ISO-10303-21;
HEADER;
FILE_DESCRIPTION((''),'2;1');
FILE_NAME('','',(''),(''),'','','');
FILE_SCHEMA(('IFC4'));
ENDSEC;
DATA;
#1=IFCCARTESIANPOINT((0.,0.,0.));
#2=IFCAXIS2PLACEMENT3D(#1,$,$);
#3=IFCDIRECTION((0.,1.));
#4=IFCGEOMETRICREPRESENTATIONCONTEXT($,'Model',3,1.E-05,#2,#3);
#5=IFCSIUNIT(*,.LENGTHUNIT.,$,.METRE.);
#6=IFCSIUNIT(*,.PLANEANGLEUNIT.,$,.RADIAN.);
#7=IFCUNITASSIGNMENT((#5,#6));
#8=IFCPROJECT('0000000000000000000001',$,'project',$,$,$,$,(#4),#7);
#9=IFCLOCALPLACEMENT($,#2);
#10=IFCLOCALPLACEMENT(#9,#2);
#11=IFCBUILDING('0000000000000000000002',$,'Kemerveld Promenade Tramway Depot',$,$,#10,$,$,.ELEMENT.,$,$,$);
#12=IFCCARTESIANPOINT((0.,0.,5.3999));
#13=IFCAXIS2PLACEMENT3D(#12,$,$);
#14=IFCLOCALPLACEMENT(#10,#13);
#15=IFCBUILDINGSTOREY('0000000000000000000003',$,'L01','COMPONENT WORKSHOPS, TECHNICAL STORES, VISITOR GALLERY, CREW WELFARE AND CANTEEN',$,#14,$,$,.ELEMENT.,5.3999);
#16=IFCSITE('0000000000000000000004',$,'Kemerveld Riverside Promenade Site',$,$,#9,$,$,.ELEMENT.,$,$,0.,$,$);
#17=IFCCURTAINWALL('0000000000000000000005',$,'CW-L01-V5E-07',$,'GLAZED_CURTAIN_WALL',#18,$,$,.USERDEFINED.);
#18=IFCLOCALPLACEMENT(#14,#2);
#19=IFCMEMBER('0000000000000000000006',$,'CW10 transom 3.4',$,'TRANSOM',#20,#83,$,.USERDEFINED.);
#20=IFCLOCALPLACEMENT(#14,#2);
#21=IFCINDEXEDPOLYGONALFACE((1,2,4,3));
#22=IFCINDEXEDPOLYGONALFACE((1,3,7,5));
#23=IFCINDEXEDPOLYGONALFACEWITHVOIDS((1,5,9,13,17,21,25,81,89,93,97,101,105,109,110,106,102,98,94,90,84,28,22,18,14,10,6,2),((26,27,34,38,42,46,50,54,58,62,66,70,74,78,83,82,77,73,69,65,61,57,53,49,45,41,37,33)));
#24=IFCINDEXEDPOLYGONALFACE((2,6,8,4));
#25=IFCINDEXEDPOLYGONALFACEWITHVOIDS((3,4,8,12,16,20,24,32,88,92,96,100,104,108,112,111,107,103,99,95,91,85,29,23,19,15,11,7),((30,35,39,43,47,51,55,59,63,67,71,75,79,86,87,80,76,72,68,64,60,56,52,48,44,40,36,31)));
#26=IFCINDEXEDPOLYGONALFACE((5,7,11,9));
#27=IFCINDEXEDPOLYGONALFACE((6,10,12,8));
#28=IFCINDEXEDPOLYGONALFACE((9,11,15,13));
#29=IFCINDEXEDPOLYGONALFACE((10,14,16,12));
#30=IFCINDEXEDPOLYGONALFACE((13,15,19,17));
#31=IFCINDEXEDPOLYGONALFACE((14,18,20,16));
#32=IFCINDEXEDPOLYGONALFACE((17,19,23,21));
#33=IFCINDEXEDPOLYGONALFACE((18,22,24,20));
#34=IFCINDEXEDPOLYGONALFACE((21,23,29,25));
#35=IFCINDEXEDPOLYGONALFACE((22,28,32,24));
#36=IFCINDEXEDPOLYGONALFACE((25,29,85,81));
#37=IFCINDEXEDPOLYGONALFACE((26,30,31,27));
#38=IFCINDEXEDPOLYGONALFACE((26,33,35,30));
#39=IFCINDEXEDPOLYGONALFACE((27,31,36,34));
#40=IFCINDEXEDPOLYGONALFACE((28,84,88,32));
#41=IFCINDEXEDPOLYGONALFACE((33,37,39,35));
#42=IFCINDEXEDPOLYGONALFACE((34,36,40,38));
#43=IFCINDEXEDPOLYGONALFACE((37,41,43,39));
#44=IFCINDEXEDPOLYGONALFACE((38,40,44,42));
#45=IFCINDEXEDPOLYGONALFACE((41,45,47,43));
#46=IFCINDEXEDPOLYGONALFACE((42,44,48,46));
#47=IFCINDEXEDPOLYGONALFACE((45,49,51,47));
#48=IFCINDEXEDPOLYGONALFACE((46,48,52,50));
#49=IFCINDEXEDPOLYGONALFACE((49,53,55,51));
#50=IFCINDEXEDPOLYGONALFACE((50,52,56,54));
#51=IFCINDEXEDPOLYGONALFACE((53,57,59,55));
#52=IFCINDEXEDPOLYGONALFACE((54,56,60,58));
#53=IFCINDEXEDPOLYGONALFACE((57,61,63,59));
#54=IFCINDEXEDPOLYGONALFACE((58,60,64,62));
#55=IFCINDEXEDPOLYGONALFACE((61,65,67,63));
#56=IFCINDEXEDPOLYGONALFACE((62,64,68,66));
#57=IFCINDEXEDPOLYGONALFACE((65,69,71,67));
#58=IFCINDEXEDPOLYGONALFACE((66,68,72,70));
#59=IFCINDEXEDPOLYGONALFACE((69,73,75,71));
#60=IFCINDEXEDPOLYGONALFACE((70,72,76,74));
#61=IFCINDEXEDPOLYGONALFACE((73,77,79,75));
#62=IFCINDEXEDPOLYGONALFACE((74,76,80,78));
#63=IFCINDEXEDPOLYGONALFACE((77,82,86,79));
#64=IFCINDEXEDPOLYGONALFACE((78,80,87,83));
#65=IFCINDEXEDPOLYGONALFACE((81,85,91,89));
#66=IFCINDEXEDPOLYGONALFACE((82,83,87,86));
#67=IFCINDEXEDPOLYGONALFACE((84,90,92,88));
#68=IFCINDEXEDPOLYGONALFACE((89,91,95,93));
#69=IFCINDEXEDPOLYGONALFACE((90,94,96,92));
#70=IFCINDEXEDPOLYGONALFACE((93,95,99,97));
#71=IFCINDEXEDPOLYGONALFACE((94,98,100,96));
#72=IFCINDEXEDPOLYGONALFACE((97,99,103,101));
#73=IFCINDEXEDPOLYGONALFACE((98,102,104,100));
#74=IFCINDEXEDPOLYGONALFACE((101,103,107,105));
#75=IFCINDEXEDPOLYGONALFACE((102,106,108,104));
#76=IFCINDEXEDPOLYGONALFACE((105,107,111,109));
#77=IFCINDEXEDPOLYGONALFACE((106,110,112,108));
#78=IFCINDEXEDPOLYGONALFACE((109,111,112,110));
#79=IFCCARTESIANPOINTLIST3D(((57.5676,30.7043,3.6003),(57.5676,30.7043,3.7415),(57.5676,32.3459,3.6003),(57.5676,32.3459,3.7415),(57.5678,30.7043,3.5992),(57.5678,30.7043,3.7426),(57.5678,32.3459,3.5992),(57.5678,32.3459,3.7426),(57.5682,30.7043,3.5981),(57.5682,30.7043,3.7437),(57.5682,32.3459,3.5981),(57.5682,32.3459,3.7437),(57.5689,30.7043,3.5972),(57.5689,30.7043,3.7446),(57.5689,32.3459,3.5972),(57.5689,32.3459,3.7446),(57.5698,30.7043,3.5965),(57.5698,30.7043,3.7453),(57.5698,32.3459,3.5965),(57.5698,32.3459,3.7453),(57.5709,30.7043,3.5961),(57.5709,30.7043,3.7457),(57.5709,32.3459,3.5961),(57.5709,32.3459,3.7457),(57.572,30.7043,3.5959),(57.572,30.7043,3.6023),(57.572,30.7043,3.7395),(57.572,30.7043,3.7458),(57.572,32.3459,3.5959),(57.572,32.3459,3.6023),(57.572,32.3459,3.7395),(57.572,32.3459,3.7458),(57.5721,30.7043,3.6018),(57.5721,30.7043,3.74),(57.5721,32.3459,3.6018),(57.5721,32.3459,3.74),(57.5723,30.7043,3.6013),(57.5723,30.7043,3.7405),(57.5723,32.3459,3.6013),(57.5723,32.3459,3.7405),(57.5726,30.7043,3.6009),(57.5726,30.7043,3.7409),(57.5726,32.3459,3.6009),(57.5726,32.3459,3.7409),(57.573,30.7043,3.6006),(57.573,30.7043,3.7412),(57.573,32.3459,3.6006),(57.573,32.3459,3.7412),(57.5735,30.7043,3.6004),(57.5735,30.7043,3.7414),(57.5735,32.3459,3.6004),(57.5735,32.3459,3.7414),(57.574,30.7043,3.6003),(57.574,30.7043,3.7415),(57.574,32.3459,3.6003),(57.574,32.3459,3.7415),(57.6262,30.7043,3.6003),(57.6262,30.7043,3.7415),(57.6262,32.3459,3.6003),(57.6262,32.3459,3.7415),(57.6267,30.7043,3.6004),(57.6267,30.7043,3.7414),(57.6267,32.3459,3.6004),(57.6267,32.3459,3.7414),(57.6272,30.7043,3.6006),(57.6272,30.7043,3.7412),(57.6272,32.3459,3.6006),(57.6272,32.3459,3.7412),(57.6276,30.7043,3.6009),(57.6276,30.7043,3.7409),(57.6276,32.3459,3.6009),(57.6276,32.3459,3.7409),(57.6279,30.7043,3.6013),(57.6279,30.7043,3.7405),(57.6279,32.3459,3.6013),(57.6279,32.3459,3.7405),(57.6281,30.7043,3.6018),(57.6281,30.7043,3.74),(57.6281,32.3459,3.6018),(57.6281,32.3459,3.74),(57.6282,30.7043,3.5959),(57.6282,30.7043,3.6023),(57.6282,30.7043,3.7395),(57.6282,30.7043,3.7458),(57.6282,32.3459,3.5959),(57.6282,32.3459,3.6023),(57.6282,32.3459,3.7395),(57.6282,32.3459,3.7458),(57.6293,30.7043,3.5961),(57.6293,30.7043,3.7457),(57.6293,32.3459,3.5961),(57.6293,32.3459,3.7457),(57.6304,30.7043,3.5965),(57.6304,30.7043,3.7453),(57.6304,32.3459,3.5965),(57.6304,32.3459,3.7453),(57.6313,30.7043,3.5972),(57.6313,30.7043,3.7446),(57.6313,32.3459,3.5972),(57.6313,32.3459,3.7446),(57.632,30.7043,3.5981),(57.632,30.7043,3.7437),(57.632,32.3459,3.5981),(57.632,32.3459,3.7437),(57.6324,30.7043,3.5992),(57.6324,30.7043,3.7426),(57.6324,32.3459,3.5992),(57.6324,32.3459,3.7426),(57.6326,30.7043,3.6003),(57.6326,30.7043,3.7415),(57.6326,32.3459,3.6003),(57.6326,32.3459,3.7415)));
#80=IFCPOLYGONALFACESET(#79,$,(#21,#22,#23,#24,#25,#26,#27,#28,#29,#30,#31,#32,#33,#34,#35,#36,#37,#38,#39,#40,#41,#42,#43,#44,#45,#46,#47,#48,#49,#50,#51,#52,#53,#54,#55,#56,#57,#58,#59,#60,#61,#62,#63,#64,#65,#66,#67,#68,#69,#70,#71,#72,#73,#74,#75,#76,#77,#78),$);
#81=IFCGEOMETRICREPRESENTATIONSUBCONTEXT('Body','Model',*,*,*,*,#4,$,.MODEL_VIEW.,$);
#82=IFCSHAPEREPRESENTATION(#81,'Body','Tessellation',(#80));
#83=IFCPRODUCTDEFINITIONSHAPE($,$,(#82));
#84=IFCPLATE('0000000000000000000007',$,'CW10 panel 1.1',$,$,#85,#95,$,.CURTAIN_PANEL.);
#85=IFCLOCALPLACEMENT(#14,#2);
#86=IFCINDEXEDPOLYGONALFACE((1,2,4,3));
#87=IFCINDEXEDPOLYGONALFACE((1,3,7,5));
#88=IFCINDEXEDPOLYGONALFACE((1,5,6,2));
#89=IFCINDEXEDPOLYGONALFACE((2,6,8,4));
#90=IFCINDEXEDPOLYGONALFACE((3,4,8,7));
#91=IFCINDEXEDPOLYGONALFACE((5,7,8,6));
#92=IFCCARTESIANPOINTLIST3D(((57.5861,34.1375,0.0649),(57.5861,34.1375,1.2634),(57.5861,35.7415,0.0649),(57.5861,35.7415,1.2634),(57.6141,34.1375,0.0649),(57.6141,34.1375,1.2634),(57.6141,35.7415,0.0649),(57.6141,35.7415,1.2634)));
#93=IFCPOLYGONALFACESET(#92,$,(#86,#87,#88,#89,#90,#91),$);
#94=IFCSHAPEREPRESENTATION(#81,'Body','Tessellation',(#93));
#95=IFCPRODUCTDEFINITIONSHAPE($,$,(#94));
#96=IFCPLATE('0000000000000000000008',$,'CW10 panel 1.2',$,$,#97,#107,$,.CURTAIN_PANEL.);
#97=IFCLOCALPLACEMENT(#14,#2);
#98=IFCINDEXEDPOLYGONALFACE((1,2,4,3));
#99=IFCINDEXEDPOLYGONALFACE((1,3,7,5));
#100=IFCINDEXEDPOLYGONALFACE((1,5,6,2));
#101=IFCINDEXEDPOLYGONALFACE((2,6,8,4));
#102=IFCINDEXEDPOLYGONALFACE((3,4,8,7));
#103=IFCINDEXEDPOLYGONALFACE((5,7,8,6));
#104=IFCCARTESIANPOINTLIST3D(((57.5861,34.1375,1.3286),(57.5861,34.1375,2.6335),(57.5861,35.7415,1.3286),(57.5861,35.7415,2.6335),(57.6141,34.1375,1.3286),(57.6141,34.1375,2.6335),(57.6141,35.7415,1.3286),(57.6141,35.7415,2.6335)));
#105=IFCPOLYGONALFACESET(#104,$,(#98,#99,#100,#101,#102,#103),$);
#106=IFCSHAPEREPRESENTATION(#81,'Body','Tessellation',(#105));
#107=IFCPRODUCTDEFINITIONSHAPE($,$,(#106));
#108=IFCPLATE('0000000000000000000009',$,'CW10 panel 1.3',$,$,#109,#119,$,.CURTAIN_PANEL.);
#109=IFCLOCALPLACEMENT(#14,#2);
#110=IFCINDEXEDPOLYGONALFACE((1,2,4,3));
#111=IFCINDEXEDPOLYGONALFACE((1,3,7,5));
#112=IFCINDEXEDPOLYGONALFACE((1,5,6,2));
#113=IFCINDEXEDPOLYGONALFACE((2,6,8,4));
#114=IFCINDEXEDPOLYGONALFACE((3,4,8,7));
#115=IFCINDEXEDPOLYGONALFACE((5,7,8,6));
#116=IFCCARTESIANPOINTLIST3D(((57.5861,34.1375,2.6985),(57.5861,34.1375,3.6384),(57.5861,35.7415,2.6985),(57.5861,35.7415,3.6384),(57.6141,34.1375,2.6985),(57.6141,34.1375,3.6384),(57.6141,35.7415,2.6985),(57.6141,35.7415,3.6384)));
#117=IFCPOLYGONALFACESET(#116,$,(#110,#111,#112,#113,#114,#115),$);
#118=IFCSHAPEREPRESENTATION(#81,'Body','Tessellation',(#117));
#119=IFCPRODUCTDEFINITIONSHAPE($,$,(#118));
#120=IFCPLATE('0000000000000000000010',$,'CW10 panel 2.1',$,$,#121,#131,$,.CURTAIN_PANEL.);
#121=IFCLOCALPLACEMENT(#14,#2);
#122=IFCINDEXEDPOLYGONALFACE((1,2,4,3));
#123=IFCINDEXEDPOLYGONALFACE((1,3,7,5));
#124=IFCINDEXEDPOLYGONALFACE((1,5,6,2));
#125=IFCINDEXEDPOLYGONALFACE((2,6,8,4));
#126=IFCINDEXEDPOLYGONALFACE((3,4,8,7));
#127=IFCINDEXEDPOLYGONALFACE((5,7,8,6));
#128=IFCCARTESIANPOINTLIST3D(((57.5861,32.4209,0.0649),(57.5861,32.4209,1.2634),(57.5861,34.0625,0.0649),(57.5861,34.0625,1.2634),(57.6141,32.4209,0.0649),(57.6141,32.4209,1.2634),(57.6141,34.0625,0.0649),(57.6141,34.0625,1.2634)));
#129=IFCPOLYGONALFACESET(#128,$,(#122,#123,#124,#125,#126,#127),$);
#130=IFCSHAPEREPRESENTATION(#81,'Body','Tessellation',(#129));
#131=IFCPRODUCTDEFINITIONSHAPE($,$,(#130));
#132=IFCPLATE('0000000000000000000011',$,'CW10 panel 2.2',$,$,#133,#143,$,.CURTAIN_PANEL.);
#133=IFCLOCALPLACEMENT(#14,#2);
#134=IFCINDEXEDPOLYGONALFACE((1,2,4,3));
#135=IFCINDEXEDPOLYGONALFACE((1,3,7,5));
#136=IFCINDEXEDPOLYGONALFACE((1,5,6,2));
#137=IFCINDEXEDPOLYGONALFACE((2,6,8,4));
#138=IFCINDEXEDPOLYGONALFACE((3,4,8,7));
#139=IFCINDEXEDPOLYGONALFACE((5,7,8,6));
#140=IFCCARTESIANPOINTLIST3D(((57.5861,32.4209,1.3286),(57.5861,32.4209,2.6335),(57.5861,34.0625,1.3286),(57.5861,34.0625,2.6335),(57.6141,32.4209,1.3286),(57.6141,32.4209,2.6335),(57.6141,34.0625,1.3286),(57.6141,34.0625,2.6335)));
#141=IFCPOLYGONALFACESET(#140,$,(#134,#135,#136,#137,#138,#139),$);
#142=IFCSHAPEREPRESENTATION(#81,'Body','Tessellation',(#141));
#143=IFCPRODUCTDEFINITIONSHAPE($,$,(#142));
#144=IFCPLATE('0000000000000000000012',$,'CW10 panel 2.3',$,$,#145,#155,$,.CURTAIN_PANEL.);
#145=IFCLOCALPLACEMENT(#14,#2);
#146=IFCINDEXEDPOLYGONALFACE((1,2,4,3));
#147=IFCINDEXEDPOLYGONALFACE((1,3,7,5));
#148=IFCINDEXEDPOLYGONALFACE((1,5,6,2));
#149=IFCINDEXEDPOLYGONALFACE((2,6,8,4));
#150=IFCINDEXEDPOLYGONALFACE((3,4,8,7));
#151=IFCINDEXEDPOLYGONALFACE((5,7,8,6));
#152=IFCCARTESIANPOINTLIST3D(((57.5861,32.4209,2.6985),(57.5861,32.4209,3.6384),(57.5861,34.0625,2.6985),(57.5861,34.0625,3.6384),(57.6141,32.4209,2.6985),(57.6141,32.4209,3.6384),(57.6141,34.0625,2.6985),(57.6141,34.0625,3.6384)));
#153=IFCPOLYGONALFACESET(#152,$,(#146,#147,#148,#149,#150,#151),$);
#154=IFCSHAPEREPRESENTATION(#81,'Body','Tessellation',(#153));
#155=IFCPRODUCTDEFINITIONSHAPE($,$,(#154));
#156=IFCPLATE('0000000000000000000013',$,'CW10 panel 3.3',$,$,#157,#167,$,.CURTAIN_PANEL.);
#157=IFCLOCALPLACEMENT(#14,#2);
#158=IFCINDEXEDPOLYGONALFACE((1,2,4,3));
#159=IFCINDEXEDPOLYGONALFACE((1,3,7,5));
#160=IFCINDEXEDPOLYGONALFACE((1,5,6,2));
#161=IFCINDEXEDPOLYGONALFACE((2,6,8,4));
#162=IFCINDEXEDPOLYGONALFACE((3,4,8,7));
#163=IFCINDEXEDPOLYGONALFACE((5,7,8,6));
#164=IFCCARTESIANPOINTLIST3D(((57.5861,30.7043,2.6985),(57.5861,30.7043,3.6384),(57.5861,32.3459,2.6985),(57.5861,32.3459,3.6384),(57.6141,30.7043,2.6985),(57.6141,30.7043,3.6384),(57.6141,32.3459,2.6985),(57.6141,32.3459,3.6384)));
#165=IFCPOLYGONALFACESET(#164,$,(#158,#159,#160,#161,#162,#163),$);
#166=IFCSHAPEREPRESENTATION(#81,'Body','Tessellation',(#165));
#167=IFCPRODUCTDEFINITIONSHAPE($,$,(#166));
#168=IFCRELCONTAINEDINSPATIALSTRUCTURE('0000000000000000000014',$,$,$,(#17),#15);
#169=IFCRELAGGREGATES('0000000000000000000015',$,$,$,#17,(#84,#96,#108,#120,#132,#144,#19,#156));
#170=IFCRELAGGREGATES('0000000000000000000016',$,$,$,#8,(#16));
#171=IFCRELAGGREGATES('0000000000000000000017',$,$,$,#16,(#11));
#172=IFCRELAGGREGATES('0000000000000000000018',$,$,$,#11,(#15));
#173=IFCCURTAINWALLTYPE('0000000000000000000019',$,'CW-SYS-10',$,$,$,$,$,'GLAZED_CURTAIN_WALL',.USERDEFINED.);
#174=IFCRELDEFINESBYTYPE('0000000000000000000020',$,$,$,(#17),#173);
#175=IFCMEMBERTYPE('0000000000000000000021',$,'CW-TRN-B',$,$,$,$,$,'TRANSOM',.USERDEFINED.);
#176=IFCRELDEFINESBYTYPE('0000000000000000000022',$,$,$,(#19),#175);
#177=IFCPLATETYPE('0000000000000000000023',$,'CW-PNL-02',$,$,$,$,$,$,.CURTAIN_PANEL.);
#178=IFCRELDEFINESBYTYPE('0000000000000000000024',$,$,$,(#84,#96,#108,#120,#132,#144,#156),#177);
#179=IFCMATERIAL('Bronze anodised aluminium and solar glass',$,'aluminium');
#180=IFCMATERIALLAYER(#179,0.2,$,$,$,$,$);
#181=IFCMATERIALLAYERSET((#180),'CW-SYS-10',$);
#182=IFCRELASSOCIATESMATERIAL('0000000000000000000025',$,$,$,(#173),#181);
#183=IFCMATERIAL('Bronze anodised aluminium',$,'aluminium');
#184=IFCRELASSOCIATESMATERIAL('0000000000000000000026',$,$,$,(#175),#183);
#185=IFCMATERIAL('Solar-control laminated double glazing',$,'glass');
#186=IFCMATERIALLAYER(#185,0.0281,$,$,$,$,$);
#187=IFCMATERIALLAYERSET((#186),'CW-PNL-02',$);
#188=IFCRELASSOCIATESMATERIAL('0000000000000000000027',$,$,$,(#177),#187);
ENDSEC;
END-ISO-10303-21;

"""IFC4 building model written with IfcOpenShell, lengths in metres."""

from ifc_helpers import new_model, si_unit, direction, frame, origin, origin_2d, place, context, subcontext, project, spatial, rectangle, hollow_rectangle, extrude, material, layer, layer_set, material_profile, profile_set, type_object, element, aggregate, save


model = new_model("IFC4")

# Units and contexts
model_context = context("Model", 3, precision=1e-05, world=origin(), true_north=direction((0.0, 1.0)))
body_context = subcontext(model_context, "Body", "Model", "MODEL_VIEW")
ifc_project = project(units=[si_unit("LENGTHUNIT", "METRE"), si_unit("PLANEANGLEUNIT", "RADIAN")], contexts=[model_context])

# Site, building, storey
site_placement = place(None, origin())
site = spatial("IfcSite", under=ifc_project, at=site_placement, Name="Kemerveld Riverside Promenade Site", CompositionType="ELEMENT", RefElevation=0.0)
building_placement = place(site_placement, origin())
building = spatial("IfcBuilding", under=site, at=building_placement, Name="Kemerveld Promenade Tramway Depot", CompositionType="ELEMENT")
storey_placement = place(building_placement, frame((0.0, 0.0, 5.3999)))
storey = spatial("IfcBuildingStorey", under=building, at=storey_placement, Name="L01", Description="COMPONENT WORKSHOPS, TECHNICAL STORES, VISITOR GALLERY, CREW WELFARE AND CANTEEN", CompositionType="ELEMENT", Elevation=5.3999)

# Shared definitions
ifc_material_1 = material(Name="Bronze anodised aluminium and solar glass", Category="aluminium")
ifc_material_2 = material(Name="Bronze anodised aluminium", Category="aluminium")

# Curtain wall, member, plates
ifc_layer_1 = layer(ifc_material_1, 0.2)
ifc_layer_set_1 = layer_set([ifc_layer_1], Name="CW-SYS-10")
curtain_wall_type_1 = type_object("IfcCurtainWallType", Name="CW-SYS-10", ElementType="GLAZED_CURTAIN_WALL", PredefinedType="USERDEFINED", material=ifc_layer_set_1)
curtain_wall_1_placement = place(storey_placement, origin())
curtain_wall_1 = element("IfcCurtainWall", 1, at=curtain_wall_1_placement, inside=storey, type_object=curtain_wall_type_1, Name="CW-L01-V5E-07", ObjectType="GLAZED_CURTAIN_WALL", PredefinedType="USERDEFINED")
ifc_material_profile_1 = material_profile(ifc_material_2, hollow_rectangle(XDim=0.0649, YDim=0.1499, WallThickness=0.0044, InnerFilletRadius=0.002, OuterFilletRadius=0.0044, at=origin_2d()), Name="CW-TRN-150x65")
ifc_profile_set_1 = profile_set([ifc_material_profile_1], Name="Bronze anodised aluminium")
member_type_1 = type_object("IfcMemberType", Name="CW-TRN-B", ElementType="TRANSOM", PredefinedType="USERDEFINED", material=ifc_profile_set_1)
member_1_placement = place(storey_placement, frame((57.6001, 32.3459, 3.6709), z_axis=(0.0, -1.0, 0.0), x_axis=(1.0, 0.0, 0.0)))
member_1 = element("IfcMember", 2, at=member_1_placement, type_object=member_type_1, Name="CW10 transom 3.4", ObjectType="TRANSOM", PredefinedType="USERDEFINED", context=body_context, shape_type="SweptSolid", body=[
    extrude(hollow_rectangle(XDim=0.0649, YDim=0.1499, WallThickness=0.0044, InnerFilletRadius=0.002, OuterFilletRadius=0.0044, at=origin_2d()), origin(), (0.0, 0.0, 1.0), 1.6416),
])
ifc_material_3 = material(Name="Solar-control laminated double glazing", Category="glass")
ifc_layer_2 = layer(ifc_material_3, 0.0281)
ifc_layer_set_2 = layer_set([ifc_layer_2], Name="CW-PNL-02")
plate_type = type_object("IfcPlateType", Name="CW-PNL-02", PredefinedType="CURTAIN_PANEL", material=ifc_layer_set_2)
plate_1_placement = place(storey_placement, frame((57.6001, 34.9395, 0.0649), z_axis=(0.0, 0.0, 1.0), x_axis=(0.0, -1.0, 0.0)))
plate_1 = element("IfcPlate", 3, at=plate_1_placement, type_object=plate_type, Name="CW10 panel 1.1", PredefinedType="CURTAIN_PANEL", context=body_context, shape_type="SweptSolid", body=[
    extrude(rectangle(XDim=1.604, YDim=0.0281, at=origin_2d()), origin(), (0.0, 0.0, 1.0), 1.1985),
])
plate_2_placement = place(storey_placement, frame((57.6001, 34.9395, 1.3286), z_axis=(0.0, 0.0, 1.0), x_axis=(0.0, -1.0, 0.0)))
plate_2 = element("IfcPlate", 4, at=plate_2_placement, type_object=plate_type, Name="CW10 panel 1.2", PredefinedType="CURTAIN_PANEL", context=body_context, shape_type="SweptSolid", body=[
    extrude(rectangle(XDim=1.604, YDim=0.0281, at=origin_2d()), origin(), (0.0, 0.0, 1.0), 1.3049),
])
plate_3_placement = place(storey_placement, frame((57.6001, 34.9395, 2.6985), z_axis=(0.0, 0.0, 1.0), x_axis=(0.0, -1.0, 0.0)))
plate_3 = element("IfcPlate", 5, at=plate_3_placement, type_object=plate_type, Name="CW10 panel 1.3", PredefinedType="CURTAIN_PANEL", context=body_context, shape_type="SweptSolid", body=[
    extrude(rectangle(XDim=1.604, YDim=0.0281, at=origin_2d()), origin(), (0.0, 0.0, 1.0), 0.9399),
])
plate_4_placement = place(storey_placement, frame((57.6001, 33.2417, 0.0649), z_axis=(0.0, 0.0, 1.0), x_axis=(0.0, -1.0, 0.0)))
plate_4 = element("IfcPlate", 6, at=plate_4_placement, type_object=plate_type, Name="CW10 panel 2.1", PredefinedType="CURTAIN_PANEL", context=body_context, shape_type="SweptSolid", body=[
    extrude(rectangle(XDim=1.6416, YDim=0.0281, at=origin_2d()), origin(), (0.0, 0.0, 1.0), 1.1985),
])
plate_5_placement = place(storey_placement, frame((57.6001, 33.2417, 1.3286), z_axis=(0.0, 0.0, 1.0), x_axis=(0.0, -1.0, 0.0)))
plate_5 = element("IfcPlate", 7, at=plate_5_placement, type_object=plate_type, Name="CW10 panel 2.2", PredefinedType="CURTAIN_PANEL", context=body_context, shape_type="SweptSolid", body=[
    extrude(rectangle(XDim=1.6416, YDim=0.0281, at=origin_2d()), origin(), (0.0, 0.0, 1.0), 1.3049),
])
plate_6_placement = place(storey_placement, frame((57.6001, 33.2417, 2.6985), z_axis=(0.0, 0.0, 1.0), x_axis=(0.0, -1.0, 0.0)))
plate_6 = element("IfcPlate", 8, at=plate_6_placement, type_object=plate_type, Name="CW10 panel 2.3", PredefinedType="CURTAIN_PANEL", context=body_context, shape_type="SweptSolid", body=[
    extrude(rectangle(XDim=1.6416, YDim=0.0281, at=origin_2d()), origin(), (0.0, 0.0, 1.0), 0.9399),
])
plate_7_placement = place(storey_placement, frame((57.6001, 31.5251, 2.6985), z_axis=(0.0, 0.0, 1.0), x_axis=(0.0, -1.0, 0.0)))
plate_7 = element("IfcPlate", 9, at=plate_7_placement, type_object=plate_type, Name="CW10 panel 3.3", PredefinedType="CURTAIN_PANEL", context=body_context, shape_type="SweptSolid", body=[
    extrude(rectangle(XDim=1.6416, YDim=0.0281, at=origin_2d()), origin(), (0.0, 0.0, 1.0), 0.9399),
])
aggregate(curtain_wall_1, [plate_1, plate_2, plate_3, plate_4, plate_5, plate_6, member_1, plate_7])

save(model, "model.ifc")
